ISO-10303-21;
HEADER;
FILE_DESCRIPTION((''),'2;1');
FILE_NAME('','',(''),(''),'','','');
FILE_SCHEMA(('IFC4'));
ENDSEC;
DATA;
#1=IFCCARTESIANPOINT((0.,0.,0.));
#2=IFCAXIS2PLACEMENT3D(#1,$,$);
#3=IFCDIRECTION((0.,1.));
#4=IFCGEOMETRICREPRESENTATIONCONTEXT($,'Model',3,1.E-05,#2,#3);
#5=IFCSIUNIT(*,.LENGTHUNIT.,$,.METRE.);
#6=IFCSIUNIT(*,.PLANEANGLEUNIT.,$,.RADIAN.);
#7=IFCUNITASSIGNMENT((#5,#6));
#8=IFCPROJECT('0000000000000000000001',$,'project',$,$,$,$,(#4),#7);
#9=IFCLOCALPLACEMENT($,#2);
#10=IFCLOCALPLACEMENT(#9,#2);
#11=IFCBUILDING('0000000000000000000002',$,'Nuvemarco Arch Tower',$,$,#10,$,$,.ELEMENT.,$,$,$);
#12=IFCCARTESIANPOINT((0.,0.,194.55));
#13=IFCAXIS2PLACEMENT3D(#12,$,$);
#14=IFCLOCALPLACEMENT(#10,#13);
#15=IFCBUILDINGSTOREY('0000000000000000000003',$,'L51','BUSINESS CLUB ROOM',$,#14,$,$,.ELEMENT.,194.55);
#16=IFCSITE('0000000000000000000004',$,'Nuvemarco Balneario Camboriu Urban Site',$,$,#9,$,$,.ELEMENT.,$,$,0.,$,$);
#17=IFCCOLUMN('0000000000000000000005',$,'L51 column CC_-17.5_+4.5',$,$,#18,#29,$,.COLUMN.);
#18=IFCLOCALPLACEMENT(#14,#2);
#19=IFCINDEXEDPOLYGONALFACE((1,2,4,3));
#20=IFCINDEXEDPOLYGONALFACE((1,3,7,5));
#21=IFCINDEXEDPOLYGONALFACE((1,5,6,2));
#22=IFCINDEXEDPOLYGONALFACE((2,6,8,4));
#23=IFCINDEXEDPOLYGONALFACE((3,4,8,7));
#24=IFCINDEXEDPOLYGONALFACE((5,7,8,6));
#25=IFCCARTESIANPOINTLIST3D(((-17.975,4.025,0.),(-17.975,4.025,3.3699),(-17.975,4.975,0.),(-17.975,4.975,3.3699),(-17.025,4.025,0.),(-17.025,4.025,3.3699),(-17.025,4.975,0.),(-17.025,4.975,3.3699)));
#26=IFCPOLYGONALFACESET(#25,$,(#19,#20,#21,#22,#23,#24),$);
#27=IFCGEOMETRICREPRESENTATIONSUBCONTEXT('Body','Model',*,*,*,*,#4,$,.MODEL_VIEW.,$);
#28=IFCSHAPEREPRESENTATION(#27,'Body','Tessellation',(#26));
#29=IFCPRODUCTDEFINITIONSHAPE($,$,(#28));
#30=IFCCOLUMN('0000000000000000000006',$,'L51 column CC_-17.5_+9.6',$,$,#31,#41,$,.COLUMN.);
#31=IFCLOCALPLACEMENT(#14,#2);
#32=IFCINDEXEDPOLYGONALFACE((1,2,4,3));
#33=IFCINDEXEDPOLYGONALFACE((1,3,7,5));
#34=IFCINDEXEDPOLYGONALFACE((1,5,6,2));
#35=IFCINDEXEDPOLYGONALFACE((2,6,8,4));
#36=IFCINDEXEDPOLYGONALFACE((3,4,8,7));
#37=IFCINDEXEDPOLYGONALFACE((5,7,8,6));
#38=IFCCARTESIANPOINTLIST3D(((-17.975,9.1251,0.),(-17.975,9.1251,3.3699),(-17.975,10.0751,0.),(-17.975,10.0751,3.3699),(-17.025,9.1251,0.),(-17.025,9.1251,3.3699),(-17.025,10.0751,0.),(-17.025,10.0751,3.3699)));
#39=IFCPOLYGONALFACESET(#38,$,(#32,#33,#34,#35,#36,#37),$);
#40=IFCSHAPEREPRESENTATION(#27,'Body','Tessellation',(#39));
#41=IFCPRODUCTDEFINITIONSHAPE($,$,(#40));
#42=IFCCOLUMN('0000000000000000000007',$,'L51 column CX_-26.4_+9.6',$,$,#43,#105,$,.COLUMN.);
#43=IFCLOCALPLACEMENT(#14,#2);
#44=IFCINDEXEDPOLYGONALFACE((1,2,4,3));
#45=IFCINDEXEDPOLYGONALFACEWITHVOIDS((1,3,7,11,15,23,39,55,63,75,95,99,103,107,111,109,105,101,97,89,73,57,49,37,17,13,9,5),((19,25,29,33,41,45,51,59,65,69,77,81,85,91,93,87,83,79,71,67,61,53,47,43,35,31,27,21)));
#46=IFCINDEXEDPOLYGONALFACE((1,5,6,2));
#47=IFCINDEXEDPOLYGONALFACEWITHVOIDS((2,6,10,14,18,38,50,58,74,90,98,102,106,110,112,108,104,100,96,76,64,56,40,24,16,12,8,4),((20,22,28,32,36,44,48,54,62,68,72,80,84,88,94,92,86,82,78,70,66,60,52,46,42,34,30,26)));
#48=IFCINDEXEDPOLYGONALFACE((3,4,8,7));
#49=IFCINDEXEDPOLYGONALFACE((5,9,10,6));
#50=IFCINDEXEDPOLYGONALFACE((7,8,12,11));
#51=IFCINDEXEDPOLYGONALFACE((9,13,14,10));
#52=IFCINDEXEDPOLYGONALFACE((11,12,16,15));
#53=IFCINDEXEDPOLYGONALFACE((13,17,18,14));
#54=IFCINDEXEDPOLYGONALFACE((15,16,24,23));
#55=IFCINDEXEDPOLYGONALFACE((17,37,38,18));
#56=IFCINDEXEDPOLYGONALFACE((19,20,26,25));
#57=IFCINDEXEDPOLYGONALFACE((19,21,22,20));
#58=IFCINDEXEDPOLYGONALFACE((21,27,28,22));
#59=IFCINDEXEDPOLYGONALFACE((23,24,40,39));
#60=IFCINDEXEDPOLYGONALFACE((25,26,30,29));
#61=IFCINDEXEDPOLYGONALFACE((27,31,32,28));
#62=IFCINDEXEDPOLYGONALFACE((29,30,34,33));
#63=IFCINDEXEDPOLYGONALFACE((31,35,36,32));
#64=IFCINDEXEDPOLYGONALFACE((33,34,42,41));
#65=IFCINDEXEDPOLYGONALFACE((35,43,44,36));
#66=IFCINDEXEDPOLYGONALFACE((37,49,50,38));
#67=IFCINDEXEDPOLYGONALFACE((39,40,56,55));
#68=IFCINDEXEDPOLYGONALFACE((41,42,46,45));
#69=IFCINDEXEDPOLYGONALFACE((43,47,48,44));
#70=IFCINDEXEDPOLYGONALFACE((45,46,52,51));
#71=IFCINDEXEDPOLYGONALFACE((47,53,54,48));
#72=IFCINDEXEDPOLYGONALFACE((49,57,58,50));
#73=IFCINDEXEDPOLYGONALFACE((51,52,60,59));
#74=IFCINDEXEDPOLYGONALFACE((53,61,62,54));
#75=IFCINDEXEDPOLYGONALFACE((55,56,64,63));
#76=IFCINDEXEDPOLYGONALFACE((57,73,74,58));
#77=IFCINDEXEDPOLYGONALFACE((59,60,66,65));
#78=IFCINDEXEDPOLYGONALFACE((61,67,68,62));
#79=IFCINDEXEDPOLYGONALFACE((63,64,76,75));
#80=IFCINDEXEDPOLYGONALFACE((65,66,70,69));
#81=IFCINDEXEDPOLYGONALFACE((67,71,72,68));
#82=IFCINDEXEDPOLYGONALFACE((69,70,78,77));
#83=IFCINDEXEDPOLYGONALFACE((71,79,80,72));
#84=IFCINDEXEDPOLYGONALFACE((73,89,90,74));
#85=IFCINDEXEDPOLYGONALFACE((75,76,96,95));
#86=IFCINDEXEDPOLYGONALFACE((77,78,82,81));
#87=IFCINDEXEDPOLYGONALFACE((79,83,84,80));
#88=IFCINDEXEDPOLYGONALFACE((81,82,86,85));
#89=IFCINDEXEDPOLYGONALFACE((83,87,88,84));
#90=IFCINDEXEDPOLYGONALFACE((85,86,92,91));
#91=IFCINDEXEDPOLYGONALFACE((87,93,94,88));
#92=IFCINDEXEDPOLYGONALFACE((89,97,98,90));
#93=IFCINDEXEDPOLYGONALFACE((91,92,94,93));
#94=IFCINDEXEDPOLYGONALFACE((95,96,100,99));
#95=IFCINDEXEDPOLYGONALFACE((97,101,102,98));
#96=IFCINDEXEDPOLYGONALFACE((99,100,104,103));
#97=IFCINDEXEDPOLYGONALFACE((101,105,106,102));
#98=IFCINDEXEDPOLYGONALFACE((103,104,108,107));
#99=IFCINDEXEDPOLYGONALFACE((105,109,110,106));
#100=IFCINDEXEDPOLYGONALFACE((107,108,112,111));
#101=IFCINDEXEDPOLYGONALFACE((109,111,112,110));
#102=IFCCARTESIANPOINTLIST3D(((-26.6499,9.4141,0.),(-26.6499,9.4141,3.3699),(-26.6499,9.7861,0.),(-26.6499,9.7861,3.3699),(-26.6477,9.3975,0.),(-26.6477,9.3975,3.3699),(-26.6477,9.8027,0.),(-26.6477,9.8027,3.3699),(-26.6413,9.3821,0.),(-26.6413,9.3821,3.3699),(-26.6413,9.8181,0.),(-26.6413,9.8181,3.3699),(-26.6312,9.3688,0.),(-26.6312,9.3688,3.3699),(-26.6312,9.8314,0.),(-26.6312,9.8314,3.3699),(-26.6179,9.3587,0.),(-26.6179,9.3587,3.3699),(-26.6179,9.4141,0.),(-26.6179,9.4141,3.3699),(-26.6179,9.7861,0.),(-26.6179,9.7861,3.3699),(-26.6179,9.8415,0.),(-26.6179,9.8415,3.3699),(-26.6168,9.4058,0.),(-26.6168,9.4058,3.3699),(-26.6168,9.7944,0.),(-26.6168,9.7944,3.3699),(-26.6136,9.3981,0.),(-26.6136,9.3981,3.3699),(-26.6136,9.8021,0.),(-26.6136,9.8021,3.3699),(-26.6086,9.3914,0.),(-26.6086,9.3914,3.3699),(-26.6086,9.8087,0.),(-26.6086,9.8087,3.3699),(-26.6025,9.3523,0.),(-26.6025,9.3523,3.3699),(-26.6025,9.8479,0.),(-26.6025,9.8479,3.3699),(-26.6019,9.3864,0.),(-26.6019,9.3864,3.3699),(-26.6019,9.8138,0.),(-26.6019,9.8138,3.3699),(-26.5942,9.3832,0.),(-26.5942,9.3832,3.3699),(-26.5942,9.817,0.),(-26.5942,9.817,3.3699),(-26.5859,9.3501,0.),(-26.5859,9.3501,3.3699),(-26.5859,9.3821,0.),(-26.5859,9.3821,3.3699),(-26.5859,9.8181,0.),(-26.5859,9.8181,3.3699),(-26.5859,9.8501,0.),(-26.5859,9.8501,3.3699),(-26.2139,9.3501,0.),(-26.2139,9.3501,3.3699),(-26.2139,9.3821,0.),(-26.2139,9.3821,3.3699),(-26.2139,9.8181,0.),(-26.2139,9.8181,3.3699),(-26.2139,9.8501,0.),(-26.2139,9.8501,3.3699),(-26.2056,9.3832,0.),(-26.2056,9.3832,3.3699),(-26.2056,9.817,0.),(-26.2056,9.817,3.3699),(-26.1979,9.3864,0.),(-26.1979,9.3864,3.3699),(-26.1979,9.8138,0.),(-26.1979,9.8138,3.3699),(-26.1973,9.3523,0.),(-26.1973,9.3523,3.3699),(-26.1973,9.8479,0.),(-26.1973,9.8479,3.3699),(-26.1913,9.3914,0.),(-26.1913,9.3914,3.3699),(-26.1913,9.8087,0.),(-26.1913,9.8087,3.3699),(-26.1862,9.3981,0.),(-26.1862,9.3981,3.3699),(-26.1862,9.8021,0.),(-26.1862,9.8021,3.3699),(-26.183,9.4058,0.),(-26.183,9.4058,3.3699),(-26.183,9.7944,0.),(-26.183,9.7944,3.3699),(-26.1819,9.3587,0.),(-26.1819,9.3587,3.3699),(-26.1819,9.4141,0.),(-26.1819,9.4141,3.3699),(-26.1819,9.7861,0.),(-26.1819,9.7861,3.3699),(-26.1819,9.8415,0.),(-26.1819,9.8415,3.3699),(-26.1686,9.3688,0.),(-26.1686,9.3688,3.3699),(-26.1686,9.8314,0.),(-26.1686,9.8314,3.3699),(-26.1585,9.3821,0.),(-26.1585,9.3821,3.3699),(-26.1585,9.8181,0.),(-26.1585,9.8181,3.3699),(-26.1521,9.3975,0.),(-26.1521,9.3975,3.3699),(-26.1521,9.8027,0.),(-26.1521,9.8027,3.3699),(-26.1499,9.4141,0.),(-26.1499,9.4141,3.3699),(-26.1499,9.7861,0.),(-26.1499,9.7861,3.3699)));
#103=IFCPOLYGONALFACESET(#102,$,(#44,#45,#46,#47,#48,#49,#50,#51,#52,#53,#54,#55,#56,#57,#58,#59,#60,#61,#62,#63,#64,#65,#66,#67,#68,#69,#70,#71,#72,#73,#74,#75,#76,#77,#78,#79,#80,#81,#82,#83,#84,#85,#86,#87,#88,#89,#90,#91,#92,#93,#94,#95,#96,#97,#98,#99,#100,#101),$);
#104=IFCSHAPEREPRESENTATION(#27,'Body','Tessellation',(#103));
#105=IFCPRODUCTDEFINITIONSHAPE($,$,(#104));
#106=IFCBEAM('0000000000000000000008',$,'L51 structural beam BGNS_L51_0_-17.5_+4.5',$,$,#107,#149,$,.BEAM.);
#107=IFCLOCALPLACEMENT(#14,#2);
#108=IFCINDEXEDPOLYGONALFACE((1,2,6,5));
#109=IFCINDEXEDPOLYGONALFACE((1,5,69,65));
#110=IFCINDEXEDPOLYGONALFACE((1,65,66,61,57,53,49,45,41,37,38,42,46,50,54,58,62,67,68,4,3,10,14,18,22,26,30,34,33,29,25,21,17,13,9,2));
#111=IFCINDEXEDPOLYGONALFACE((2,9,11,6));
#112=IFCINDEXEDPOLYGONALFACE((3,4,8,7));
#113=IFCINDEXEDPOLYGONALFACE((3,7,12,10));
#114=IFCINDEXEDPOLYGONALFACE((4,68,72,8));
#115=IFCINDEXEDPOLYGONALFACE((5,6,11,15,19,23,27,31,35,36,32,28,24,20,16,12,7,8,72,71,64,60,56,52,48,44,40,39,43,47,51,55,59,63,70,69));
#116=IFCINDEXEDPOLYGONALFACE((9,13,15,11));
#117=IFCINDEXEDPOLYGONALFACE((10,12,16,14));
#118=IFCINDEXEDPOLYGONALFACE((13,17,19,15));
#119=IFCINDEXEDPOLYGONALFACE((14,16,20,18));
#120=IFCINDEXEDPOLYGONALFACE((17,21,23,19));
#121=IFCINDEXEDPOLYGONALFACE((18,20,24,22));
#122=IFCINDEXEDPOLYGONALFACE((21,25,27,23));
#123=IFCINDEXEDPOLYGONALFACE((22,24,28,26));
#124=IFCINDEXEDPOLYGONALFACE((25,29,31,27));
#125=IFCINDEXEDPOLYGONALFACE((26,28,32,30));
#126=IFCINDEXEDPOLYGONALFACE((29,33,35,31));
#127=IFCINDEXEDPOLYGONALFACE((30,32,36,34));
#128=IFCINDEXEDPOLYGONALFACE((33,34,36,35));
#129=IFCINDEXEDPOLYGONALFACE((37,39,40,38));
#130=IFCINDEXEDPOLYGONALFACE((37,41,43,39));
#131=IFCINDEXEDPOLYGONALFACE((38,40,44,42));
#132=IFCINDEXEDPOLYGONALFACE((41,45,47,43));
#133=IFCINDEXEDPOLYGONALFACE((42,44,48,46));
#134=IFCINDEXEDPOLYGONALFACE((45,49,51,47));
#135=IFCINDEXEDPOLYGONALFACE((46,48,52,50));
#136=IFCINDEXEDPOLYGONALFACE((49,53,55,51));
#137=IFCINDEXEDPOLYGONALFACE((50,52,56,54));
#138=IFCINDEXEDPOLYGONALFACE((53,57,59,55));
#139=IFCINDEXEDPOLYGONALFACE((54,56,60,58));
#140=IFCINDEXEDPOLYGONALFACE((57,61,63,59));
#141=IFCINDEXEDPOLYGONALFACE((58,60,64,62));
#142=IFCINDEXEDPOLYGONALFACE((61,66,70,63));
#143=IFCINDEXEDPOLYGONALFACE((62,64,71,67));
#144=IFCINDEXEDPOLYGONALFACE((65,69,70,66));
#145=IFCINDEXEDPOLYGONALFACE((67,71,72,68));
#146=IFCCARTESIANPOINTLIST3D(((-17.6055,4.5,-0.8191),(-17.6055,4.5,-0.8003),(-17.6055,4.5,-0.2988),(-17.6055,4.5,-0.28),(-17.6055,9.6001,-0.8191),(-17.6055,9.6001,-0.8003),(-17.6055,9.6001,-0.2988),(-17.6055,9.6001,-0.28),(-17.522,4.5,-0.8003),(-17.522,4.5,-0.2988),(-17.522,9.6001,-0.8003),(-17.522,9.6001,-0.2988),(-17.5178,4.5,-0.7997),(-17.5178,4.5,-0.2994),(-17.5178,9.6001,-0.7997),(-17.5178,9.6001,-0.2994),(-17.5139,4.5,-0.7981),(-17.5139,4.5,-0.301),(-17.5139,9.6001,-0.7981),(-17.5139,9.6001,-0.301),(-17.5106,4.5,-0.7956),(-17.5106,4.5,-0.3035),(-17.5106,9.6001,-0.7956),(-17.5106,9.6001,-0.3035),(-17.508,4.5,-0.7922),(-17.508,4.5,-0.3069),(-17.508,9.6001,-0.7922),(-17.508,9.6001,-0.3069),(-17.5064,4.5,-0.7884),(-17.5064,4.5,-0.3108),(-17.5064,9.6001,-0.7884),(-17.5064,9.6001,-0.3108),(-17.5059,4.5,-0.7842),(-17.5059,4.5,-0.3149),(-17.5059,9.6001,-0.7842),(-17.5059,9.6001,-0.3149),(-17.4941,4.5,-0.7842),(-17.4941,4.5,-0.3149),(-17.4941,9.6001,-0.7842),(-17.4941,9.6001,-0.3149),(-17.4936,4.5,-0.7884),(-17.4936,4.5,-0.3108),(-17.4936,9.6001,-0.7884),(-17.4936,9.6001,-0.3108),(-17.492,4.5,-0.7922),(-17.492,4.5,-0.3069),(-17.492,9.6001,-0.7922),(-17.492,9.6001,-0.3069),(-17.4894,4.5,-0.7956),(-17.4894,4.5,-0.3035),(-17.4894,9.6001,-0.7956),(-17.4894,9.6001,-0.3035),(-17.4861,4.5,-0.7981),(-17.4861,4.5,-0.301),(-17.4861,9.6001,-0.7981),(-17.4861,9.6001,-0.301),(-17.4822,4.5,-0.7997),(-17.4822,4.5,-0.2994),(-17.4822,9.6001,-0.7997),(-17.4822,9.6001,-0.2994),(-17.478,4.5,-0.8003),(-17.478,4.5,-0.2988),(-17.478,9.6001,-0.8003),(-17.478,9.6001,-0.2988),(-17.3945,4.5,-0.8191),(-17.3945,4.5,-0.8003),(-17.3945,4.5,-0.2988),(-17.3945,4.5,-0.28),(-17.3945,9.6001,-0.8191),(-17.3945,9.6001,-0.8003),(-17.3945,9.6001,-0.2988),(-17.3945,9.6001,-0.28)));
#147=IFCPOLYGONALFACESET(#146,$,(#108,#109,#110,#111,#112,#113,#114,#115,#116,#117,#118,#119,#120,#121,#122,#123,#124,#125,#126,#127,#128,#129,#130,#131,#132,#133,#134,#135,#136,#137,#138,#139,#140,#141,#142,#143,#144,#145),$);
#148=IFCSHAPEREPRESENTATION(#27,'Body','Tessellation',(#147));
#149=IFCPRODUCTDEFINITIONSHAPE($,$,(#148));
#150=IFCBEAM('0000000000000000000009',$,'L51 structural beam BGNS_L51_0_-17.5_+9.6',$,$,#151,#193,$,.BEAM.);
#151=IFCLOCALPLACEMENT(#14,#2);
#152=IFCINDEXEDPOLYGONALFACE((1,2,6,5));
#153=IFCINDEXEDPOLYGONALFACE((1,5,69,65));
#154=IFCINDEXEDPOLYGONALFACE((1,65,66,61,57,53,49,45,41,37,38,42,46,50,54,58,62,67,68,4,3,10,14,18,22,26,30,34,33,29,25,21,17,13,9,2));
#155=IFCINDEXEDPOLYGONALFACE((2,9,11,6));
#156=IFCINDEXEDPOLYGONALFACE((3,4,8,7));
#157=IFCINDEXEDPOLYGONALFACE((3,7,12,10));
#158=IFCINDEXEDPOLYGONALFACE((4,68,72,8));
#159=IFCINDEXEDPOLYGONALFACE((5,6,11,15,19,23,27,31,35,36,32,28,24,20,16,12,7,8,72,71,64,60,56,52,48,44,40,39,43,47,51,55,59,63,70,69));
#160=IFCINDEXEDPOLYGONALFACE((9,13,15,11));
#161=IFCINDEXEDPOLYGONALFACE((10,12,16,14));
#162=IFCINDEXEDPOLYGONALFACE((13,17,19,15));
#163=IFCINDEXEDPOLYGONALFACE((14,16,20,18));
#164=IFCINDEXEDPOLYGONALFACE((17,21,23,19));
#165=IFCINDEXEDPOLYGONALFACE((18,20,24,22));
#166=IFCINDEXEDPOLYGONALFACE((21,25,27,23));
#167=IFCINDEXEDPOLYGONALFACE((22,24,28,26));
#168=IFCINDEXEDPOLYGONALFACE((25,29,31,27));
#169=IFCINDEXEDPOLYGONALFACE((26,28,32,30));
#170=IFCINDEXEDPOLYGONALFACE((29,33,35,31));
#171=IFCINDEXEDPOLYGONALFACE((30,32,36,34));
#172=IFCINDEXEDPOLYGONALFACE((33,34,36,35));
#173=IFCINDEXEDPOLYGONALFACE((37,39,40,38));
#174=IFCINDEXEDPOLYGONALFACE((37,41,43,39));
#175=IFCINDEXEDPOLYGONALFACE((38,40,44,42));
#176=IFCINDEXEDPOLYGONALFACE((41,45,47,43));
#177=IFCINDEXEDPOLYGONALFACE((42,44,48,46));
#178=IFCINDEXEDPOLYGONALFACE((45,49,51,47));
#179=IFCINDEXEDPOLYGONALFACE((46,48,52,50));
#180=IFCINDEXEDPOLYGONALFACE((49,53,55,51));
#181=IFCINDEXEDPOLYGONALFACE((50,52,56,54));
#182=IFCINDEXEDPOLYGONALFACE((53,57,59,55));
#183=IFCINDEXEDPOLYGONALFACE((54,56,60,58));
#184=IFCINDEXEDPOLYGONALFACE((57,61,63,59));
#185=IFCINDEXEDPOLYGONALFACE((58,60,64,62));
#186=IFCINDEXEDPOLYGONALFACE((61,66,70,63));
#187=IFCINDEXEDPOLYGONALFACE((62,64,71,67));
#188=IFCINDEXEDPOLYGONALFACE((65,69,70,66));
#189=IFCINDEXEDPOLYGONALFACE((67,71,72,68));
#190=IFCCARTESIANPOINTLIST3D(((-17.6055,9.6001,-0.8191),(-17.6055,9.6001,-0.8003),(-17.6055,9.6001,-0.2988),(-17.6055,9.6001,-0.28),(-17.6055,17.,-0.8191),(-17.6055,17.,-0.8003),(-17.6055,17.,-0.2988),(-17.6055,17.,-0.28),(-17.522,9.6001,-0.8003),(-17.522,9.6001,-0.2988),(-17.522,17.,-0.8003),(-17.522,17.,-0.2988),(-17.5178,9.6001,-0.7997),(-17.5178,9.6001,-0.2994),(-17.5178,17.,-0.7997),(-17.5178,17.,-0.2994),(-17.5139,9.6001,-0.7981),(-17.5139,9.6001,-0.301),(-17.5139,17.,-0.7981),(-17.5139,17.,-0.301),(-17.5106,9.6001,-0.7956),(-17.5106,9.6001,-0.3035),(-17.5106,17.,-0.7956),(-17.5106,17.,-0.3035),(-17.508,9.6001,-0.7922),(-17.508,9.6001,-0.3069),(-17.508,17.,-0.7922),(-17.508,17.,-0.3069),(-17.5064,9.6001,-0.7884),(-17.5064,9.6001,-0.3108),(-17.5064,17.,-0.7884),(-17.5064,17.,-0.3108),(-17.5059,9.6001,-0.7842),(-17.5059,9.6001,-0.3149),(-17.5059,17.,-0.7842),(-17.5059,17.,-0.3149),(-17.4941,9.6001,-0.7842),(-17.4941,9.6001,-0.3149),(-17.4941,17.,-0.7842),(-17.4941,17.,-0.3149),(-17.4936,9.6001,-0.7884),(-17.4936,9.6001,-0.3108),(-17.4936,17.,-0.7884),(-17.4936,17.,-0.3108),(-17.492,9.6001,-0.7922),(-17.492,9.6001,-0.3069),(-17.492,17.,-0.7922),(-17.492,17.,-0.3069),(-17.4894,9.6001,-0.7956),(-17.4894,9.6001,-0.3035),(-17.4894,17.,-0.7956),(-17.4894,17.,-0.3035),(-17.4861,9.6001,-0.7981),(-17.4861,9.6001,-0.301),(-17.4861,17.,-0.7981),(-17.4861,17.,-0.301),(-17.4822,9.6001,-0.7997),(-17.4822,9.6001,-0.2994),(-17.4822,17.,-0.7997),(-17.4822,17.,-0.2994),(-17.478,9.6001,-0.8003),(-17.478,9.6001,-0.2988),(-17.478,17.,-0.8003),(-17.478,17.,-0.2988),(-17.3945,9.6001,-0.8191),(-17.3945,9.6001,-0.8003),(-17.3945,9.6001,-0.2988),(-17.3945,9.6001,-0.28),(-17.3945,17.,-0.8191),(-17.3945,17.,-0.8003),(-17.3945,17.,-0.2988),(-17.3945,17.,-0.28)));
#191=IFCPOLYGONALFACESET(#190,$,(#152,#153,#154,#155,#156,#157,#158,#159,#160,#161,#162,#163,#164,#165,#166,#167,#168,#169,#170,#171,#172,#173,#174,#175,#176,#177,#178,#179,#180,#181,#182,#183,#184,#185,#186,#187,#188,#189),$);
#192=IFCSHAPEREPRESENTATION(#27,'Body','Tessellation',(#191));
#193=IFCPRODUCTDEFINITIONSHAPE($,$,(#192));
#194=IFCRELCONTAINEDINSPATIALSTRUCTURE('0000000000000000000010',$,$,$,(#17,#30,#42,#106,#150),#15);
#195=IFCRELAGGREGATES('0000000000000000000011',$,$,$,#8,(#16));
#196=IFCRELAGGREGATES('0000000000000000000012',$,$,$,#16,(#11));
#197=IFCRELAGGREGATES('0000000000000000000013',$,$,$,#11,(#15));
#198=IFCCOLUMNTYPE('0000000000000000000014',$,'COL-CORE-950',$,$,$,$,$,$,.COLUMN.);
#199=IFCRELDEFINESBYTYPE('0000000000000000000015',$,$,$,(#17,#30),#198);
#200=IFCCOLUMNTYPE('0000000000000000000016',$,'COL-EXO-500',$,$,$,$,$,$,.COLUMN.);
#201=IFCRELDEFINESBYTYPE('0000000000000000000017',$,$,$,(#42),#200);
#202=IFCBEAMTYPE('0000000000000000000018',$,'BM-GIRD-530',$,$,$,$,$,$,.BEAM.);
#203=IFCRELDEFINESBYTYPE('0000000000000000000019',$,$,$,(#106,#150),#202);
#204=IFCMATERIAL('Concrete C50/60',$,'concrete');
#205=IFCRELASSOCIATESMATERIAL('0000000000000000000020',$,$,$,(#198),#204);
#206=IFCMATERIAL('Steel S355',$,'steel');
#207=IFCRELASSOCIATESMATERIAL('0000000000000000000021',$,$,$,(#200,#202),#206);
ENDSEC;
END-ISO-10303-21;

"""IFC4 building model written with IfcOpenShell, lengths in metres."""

from ifc_helpers import new_model, si_unit, direction, frame, origin, origin_2d, place, context, subcontext, project, spatial, rectangle, hollow_rectangle, i_section, extrude, material, material_profile, profile_set, type_object, element, save


model = new_model("IFC4")

# Units and contexts
model_context = context("Model", 3, precision=1e-05, world=origin(), true_north=direction((0.0, 1.0)))
body_context = subcontext(model_context, "Body", "Model", "MODEL_VIEW")
ifc_project = project(units=[si_unit("LENGTHUNIT", "METRE"), si_unit("PLANEANGLEUNIT", "RADIAN")], contexts=[model_context])

# Site, building, storey
site_placement = place(None, origin())
site = spatial("IfcSite", under=ifc_project, at=site_placement, Name="Nuvemarco Balneario Camboriu Urban Site", CompositionType="ELEMENT", RefElevation=0.0)
building_placement = place(site_placement, origin())
building = spatial("IfcBuilding", under=site, at=building_placement, Name="Nuvemarco Arch Tower", CompositionType="ELEMENT")
storey_placement = place(building_placement, frame((0.0, 0.0, 194.55)))
storey = spatial("IfcBuildingStorey", under=building, at=storey_placement, Name="L51", Description="BUSINESS CLUB ROOM", CompositionType="ELEMENT", Elevation=194.55)

# Columns
ifc_material_1 = material(Name="Concrete C50/60", Category="concrete")
ifc_material_profile_1 = material_profile(ifc_material_1, rectangle(XDim=0.95, YDim=0.95, at=origin_2d()), Name="RC-COL-950x950")
ifc_profile_set_1 = profile_set([ifc_material_profile_1], Name="Concrete C50/60")
column_type_1 = type_object("IfcColumnType", Name="COL-CORE-950", PredefinedType="COLUMN", material=ifc_profile_set_1)
for number, where, z_axis, x_axis, name in (
    (1, (-17.5, 4.5, 0.0), (0.0, 0.0, 1.0), (1.0, 0.0, 0.0), "L51 column CC_-17.5_+4.5"),
    (2, (-17.5, 9.6001, 0.0), (0.0, 0.0, 1.0), (1.0, 0.0, 0.0), "L51 column CC_-17.5_+9.6"),
):
    element("IfcColumn", number, at=place(storey_placement, frame(where, z_axis=z_axis, x_axis=x_axis)), inside=storey, type_object=column_type_1, Name=name, PredefinedType="COLUMN", context=body_context, shape_type="SweptSolid", body=[
        extrude(rectangle(XDim=0.95, YDim=0.95, at=origin_2d()), origin(), (0.0, 0.0, 1.0), 3.3699),
    ])
ifc_material_2 = material(Name="Steel S355", Category="steel")
ifc_material_profile_2 = material_profile(ifc_material_2, hollow_rectangle(XDim=0.5, YDim=0.5, WallThickness=0.032, InnerFilletRadius=0.032, OuterFilletRadius=0.064, at=origin_2d()), Name="SHS500x500x32")
ifc_profile_set_2 = profile_set([ifc_material_profile_2], Name="Steel S355")
column_type_2 = type_object("IfcColumnType", Name="COL-EXO-500", PredefinedType="COLUMN", material=ifc_profile_set_2)
column_placement = place(storey_placement, frame((-26.3999, 9.6001, 0.0), z_axis=(0.0, 0.0, 1.0), x_axis=(1.0, 0.0, 0.0)))
element("IfcColumn", 3, at=column_placement, inside=storey, type_object=column_type_2, Name="L51 column CX_-26.4_+9.6", PredefinedType="COLUMN", context=body_context, shape_type="SweptSolid", body=[
    extrude(hollow_rectangle(XDim=0.5, YDim=0.5, WallThickness=0.032, InnerFilletRadius=0.032, OuterFilletRadius=0.064, at=origin_2d()), origin(), (0.0, 0.0, 1.0), 3.3699),
])

# Beams
ifc_material_profile_3 = material_profile(ifc_material_2, i_section(OverallWidth=0.2109, OverallDepth=0.5391, WebThickness=0.0117, FlangeThickness=0.0188, FilletRadius=0.0161, at=origin_2d()), Name="W530x109")
ifc_profile_set_3 = profile_set([ifc_material_profile_3], Name="Steel S355")
beam_type_1 = type_object("IfcBeamType", Name="BM-GIRD-530", PredefinedType="BEAM", material=ifc_profile_set_3)
beam_1_placement = place(storey_placement, frame((-17.5, 4.5, -0.5496), z_axis=(0.0, 1.0, 0.0), x_axis=(-1.0, 0.0, 0.0)))
element("IfcBeam", 4, at=beam_1_placement, inside=storey, type_object=beam_type_1, Name="L51 structural beam BGNS_L51_0_-17.5_+4.5", PredefinedType="BEAM", context=body_context, shape_type="SweptSolid", body=[
    extrude(i_section(OverallWidth=0.2109, OverallDepth=0.5391, WebThickness=0.0117, FlangeThickness=0.0188, FilletRadius=0.0161, at=origin_2d()), origin(), (0.0, 0.0, 1.0), 5.1001),
])
beam_2_placement = place(storey_placement, frame((-17.5, 9.6001, -0.5496), z_axis=(0.0, 1.0, 0.0), x_axis=(-1.0, 0.0, 0.0)))
element("IfcBeam", 5, at=beam_2_placement, inside=storey, type_object=beam_type_1, Name="L51 structural beam BGNS_L51_0_-17.5_+9.6", PredefinedType="BEAM", context=body_context, shape_type="SweptSolid", body=[
    extrude(i_section(OverallWidth=0.2109, OverallDepth=0.5391, WebThickness=0.0117, FlangeThickness=0.0188, FilletRadius=0.0161, at=origin_2d()), origin(), (0.0, 0.0, 1.0), 7.3999),
])

save(model, "model.ifc")
